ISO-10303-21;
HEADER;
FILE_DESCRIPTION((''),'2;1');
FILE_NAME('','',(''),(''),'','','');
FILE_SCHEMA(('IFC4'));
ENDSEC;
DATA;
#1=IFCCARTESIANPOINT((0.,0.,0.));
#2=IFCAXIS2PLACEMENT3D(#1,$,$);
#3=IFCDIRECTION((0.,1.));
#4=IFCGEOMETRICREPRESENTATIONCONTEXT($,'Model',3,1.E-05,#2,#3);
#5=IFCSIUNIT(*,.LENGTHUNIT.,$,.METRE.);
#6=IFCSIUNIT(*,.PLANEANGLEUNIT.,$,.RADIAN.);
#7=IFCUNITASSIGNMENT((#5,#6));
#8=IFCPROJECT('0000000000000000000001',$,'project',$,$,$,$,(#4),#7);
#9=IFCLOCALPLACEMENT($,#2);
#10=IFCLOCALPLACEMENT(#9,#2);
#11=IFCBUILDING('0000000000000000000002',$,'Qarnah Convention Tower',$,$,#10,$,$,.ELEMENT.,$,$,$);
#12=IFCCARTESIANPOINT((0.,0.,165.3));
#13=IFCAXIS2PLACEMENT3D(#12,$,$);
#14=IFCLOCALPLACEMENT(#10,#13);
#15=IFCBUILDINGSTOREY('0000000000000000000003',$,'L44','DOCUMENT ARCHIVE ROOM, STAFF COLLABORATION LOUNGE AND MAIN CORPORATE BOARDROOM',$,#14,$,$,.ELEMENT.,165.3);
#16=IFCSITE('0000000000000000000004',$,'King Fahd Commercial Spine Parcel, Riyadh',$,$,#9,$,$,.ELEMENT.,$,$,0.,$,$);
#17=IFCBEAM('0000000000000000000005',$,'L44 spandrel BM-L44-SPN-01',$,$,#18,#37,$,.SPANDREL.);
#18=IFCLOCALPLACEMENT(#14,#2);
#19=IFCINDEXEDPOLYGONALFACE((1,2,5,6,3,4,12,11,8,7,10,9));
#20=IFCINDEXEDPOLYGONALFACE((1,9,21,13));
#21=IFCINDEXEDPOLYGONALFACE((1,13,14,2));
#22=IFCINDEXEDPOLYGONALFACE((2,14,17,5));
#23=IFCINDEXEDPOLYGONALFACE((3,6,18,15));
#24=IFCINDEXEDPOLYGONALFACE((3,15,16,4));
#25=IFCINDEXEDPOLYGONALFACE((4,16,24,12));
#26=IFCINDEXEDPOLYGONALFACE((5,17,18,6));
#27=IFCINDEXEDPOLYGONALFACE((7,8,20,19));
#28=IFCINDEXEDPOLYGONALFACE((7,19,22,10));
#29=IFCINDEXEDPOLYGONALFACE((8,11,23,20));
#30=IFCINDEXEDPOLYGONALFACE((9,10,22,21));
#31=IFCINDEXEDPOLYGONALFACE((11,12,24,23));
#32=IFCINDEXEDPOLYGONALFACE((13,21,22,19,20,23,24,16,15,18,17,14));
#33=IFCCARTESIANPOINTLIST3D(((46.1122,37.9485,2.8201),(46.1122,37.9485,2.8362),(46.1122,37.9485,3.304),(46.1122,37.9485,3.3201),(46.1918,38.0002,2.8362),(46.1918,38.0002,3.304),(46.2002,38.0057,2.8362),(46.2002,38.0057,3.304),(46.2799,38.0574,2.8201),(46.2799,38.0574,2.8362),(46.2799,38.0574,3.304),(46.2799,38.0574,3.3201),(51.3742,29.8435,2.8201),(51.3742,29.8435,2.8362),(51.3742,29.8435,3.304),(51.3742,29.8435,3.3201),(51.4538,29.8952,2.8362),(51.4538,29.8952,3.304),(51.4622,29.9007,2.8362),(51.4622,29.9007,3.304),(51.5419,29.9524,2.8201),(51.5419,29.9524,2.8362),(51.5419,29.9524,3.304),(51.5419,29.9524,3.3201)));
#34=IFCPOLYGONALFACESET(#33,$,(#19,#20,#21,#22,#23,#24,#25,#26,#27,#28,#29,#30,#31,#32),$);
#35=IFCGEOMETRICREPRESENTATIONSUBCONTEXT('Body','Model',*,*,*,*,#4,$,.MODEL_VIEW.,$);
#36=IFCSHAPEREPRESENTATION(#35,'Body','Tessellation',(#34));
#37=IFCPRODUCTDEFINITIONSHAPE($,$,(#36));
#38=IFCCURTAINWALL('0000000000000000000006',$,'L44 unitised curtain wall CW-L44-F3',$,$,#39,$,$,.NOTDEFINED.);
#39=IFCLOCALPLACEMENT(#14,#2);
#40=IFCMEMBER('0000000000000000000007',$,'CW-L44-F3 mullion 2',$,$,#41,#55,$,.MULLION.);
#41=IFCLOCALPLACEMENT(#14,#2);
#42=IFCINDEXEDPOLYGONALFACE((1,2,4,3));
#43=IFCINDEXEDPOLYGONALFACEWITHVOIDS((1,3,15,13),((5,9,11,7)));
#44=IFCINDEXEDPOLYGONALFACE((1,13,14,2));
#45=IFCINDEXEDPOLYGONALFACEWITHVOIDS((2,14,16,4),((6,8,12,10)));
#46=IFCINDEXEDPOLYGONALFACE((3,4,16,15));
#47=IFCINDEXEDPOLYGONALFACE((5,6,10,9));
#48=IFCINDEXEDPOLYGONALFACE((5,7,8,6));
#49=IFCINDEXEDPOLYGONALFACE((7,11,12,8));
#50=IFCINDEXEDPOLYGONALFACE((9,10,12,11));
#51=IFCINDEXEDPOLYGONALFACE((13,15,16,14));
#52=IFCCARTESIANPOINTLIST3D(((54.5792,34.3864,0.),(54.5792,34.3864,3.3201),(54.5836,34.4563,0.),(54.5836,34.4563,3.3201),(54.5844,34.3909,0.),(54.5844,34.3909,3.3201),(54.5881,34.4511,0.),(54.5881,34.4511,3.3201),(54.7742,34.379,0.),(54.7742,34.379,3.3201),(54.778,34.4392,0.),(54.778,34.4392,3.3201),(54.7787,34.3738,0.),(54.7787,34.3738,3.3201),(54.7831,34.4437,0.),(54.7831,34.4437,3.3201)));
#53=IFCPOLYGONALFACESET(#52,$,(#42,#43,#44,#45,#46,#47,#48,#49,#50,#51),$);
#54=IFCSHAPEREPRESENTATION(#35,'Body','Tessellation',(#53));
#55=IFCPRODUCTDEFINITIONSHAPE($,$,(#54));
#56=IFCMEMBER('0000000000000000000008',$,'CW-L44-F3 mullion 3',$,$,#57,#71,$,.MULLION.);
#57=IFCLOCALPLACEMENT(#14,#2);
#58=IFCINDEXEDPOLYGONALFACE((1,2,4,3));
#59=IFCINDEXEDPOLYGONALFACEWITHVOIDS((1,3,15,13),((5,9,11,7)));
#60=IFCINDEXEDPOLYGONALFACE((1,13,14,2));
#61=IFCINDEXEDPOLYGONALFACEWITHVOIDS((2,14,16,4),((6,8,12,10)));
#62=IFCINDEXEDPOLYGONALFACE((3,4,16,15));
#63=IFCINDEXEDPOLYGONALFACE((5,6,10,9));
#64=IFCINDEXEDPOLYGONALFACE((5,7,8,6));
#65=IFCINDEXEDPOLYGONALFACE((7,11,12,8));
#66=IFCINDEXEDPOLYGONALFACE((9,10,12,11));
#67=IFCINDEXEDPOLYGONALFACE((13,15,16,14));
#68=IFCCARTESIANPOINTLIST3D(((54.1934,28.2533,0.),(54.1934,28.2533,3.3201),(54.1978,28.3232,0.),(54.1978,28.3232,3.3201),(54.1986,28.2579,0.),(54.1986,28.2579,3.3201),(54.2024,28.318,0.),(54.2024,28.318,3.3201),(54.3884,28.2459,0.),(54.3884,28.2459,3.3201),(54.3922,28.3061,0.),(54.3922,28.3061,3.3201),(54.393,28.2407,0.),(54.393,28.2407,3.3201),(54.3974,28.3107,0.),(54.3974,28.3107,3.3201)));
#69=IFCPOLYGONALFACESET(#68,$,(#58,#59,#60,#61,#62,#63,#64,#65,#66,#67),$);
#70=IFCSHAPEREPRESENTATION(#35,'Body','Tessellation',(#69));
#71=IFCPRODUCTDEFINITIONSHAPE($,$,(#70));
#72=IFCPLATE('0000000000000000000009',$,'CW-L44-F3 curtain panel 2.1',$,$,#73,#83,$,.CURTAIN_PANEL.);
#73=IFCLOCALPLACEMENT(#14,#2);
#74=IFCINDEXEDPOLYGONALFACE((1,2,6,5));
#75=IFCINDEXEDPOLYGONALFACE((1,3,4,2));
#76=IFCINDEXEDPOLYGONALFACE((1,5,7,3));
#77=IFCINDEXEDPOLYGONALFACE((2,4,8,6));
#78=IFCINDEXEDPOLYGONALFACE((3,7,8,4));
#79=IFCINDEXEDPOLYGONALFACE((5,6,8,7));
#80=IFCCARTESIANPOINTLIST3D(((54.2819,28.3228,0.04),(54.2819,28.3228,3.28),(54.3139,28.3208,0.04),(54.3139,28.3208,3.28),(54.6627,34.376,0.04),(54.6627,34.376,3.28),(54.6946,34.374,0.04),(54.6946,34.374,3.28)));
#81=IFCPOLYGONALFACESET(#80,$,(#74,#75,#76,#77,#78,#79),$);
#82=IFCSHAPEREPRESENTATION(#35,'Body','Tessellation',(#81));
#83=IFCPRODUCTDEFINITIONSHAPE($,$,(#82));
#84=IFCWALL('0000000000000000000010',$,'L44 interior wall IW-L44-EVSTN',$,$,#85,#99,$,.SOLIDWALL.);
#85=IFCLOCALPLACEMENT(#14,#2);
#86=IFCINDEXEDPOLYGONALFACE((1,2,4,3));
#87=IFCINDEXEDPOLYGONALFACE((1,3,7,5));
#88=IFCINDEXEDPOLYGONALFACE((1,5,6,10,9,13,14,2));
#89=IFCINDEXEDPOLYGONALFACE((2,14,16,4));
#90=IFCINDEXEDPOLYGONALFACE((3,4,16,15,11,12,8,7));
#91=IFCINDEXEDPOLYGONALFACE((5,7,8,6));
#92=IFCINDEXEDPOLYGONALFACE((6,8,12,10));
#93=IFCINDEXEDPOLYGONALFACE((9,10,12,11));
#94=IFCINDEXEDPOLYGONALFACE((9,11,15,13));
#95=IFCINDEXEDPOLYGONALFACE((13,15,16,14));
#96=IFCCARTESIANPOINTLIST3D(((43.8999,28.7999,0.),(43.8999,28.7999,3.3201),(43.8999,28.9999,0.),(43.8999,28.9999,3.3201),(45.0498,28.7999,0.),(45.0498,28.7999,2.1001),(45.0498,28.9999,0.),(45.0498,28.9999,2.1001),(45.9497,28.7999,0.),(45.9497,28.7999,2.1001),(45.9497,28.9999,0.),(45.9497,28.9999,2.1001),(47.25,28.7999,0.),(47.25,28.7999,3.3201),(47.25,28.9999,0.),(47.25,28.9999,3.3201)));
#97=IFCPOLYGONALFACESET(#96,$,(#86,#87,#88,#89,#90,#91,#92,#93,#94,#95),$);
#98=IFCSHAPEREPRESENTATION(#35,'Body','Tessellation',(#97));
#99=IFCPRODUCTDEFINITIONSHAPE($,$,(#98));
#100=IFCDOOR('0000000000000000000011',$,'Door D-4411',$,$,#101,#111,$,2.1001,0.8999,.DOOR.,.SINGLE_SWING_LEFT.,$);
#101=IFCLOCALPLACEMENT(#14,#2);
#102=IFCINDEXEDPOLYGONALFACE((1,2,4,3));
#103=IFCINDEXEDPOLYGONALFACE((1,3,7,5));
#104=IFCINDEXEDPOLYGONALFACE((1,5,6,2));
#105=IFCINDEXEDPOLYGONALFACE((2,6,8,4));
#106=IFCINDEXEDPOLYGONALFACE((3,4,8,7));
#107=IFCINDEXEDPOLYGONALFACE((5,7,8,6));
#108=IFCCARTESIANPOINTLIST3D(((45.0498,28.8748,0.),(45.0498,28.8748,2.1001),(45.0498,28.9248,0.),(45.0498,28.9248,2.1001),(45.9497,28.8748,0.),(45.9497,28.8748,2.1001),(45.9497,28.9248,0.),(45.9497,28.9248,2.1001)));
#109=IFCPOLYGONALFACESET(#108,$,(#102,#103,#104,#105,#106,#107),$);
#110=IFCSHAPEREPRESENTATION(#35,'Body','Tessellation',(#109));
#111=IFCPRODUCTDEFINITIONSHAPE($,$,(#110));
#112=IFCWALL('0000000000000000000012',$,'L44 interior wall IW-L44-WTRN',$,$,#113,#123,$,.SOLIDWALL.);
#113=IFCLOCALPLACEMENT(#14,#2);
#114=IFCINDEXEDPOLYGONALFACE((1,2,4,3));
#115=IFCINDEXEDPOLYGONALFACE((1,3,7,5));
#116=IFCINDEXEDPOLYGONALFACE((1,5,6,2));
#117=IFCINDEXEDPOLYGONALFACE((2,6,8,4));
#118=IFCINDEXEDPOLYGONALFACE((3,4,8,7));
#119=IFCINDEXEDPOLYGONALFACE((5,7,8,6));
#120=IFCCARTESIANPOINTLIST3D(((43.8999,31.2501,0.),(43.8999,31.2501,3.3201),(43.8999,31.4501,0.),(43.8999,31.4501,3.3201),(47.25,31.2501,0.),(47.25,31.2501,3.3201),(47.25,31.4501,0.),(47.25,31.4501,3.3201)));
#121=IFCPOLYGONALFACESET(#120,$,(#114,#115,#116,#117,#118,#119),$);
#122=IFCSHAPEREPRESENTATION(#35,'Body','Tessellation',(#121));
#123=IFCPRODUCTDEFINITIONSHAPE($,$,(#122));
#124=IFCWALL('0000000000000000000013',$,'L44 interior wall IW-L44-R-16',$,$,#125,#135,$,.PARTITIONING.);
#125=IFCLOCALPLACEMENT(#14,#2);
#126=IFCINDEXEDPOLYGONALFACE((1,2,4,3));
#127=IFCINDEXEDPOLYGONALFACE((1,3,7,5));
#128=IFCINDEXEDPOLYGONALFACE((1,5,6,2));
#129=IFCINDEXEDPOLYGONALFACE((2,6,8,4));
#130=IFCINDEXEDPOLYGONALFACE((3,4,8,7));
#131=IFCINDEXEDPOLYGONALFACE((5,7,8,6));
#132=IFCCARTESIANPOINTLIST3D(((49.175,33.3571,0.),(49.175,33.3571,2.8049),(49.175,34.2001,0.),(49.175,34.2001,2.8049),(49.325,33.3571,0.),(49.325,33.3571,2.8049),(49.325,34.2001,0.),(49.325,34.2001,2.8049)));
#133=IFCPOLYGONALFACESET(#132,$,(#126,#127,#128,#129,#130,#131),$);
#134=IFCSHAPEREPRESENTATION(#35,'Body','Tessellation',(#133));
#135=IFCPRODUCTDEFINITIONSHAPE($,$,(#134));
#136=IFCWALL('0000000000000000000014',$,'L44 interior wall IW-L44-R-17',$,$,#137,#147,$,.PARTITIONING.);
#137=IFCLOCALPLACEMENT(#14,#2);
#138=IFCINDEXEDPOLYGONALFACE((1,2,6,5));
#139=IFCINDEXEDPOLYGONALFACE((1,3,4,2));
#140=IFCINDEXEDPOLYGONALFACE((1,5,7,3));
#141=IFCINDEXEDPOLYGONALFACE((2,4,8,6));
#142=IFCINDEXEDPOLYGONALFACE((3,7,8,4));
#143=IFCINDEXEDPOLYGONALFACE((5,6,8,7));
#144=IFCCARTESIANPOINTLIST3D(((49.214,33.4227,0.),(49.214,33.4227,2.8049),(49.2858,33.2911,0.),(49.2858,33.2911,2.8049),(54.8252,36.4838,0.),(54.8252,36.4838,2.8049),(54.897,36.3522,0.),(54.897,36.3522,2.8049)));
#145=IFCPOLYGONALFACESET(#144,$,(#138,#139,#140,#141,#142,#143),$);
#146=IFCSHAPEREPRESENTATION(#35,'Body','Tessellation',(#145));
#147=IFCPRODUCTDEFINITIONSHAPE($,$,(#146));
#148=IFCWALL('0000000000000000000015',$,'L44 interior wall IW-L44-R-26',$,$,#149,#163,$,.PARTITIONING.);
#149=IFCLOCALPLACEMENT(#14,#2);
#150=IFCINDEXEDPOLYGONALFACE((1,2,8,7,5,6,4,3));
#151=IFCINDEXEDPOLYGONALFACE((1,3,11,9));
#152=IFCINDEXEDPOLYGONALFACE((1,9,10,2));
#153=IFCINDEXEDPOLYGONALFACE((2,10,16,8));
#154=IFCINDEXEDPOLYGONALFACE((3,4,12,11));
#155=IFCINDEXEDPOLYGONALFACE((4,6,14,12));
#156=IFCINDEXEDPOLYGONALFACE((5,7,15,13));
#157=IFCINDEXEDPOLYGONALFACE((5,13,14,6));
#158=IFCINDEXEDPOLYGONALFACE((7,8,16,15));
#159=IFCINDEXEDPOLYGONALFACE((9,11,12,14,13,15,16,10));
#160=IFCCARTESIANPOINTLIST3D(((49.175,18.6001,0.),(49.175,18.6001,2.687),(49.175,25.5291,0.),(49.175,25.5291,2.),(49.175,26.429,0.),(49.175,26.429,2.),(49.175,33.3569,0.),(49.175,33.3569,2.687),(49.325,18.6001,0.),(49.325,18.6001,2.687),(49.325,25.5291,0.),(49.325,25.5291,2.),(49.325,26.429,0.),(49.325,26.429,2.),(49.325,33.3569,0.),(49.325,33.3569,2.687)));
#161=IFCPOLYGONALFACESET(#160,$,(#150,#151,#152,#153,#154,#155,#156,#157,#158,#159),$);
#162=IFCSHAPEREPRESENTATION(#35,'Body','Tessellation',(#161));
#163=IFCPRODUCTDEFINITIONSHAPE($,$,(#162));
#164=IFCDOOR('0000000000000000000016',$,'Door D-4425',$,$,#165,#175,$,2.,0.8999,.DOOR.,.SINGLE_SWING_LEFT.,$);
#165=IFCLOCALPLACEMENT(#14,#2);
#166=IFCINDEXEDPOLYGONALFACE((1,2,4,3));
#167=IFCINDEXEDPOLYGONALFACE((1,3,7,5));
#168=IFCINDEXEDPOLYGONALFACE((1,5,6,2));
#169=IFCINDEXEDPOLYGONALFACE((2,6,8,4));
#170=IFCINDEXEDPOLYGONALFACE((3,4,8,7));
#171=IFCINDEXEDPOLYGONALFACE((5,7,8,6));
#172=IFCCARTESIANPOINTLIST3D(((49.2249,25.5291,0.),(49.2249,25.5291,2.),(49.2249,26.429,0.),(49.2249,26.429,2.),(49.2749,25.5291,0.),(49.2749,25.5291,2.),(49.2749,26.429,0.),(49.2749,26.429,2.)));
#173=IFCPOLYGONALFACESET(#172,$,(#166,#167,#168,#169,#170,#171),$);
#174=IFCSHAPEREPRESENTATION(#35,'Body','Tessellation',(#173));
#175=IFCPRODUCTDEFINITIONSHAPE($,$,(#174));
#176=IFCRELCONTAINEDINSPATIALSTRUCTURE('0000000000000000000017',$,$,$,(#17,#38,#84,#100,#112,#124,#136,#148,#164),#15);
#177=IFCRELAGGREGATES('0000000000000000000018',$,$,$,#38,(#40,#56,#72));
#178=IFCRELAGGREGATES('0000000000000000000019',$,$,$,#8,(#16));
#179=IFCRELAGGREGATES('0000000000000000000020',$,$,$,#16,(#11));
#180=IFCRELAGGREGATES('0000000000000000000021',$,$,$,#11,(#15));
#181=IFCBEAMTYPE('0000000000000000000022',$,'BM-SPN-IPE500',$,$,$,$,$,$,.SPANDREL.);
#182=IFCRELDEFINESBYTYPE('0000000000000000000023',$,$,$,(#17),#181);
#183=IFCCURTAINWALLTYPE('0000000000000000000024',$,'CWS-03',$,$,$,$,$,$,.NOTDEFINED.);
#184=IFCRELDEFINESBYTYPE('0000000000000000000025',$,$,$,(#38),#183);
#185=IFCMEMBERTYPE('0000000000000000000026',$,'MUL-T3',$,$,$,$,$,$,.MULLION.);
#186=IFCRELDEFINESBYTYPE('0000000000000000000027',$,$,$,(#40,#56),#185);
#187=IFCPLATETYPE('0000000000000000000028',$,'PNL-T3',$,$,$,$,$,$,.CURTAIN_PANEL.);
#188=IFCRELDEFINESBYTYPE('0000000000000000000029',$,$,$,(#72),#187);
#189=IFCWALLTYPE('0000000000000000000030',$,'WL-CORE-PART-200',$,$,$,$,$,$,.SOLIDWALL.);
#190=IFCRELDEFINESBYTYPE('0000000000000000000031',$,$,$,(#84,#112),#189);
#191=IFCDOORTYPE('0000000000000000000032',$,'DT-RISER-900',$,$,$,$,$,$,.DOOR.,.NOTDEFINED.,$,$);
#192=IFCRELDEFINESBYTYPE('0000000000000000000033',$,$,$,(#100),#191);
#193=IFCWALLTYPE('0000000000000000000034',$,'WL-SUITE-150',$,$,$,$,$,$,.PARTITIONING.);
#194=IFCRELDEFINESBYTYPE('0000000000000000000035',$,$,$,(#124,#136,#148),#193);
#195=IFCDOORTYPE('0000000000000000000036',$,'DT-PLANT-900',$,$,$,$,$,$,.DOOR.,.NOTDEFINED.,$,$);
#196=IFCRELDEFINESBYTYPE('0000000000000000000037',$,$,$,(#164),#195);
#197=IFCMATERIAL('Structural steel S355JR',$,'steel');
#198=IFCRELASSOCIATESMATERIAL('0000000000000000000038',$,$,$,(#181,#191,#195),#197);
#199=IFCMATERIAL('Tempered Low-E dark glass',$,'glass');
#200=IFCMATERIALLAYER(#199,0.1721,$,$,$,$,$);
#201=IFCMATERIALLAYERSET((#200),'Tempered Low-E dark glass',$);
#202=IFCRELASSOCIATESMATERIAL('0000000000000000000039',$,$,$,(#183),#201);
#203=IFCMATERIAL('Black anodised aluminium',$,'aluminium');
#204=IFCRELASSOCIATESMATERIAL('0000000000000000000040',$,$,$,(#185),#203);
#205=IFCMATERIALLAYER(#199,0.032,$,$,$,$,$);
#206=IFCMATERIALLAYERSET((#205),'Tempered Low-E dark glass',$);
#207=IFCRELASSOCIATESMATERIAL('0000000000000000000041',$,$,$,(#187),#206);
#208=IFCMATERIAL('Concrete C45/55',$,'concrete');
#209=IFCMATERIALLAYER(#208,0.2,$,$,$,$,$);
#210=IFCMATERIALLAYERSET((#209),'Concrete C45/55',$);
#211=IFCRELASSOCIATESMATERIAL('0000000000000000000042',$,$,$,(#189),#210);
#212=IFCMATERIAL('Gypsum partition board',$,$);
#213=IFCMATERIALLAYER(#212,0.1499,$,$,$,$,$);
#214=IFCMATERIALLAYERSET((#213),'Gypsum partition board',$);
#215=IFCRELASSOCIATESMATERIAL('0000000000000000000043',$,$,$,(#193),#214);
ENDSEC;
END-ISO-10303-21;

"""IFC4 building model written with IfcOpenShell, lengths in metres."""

from ifc_helpers import new_model, si_unit, direction, frame, frame_2d, origin, origin_2d, place, context, subcontext, project, spatial, rectangle, hollow_rectangle, i_section, extrude, material, layer, layer_set, material_profile, profile_set, type_object, element, fill, aggregate, save


model = new_model("IFC4")

# Units and contexts
model_context = context("Model", 3, precision=1e-05, world=origin(), true_north=direction((0.0, 1.0)))
body_context = subcontext(model_context, "Body", "Model", "MODEL_VIEW")
ifc_project = project(units=[si_unit("LENGTHUNIT", "METRE"), si_unit("PLANEANGLEUNIT", "RADIAN")], contexts=[model_context])

# Site, building, storey
site_placement = place(None, origin())
site = spatial("IfcSite", under=ifc_project, at=site_placement, Name="King Fahd Commercial Spine Parcel, Riyadh", CompositionType="ELEMENT", RefElevation=0.0)
building_placement = place(site_placement, origin())
building = spatial("IfcBuilding", under=site, at=building_placement, Name="Qarnah Convention Tower", CompositionType="ELEMENT")
storey_placement = place(building_placement, frame((0.0, 0.0, 165.3)))
storey = spatial("IfcBuildingStorey", under=building, at=storey_placement, Name="L44", Description="DOCUMENT ARCHIVE ROOM, STAFF COLLABORATION LOUNGE AND MAIN CORPORATE BOARDROOM", CompositionType="ELEMENT", Elevation=165.3)

# Beam
ifc_material_1 = material(Name="Structural steel S355JR", Category="steel")
ifc_material_profile_1 = material_profile(ifc_material_1, i_section(OverallWidth=0.2, OverallDepth=0.5, WebThickness=0.01, FlangeThickness=0.0161, at=origin_2d()), Name="IPE500")
ifc_profile_set_1 = profile_set([ifc_material_profile_1], Name="Structural steel S355JR")
beam_type_1 = type_object("IfcBeamType", Name="BM-SPN-IPE500", PredefinedType="SPANDREL", material=ifc_profile_set_1)
beam_1_placement = place(storey_placement, frame((51.458, 29.8979, 3.0701), z_axis=(-0.544532, 0.83874, 0.0), x_axis=(-0.83874, -0.544532, 0.0)))
element("IfcBeam", 1, at=beam_1_placement, inside=storey, type_object=beam_type_1, Name="L44 spandrel BM-L44-SPN-01", PredefinedType="SPANDREL", context=body_context, shape_type="SweptSolid", body=[
    extrude(i_section(OverallWidth=0.2, OverallDepth=0.5, WebThickness=0.01, FlangeThickness=0.0161, at=origin_2d()), origin(), (0.0, 0.0, 1.0), 9.6633),
])

# Curtain wall, members, plate
ifc_material_2 = material(Name="Tempered Low-E dark glass", Category="glass")
ifc_layer_1 = layer(ifc_material_2, 0.1721)
ifc_layer_set_1 = layer_set([ifc_layer_1], Name="Tempered Low-E dark glass")
curtain_wall_type = type_object("IfcCurtainWallType", Name="CWS-03", PredefinedType="NOTDEFINED", material=ifc_layer_set_1)
curtain_wall_placement = place(storey_placement, origin())
curtain_wall = element("IfcCurtainWall", 2, at=curtain_wall_placement, inside=storey, type_object=curtain_wall_type, Name="L44 unitised curtain wall CW-L44-F3", PredefinedType="NOTDEFINED")
ifc_material_3 = material(Name="Black anodised aluminium", Category="aluminium")
ifc_material_profile_2 = material_profile(ifc_material_3, hollow_rectangle(XDim=0.0701, YDim=0.2, WallThickness=0.0049, at=origin_2d()), Name="MUL-70X200")
ifc_profile_set_2 = profile_set([ifc_material_profile_2], Name="Black anodised aluminium")
member_type = type_object("IfcMemberType", Name="MUL-T3", PredefinedType="MULLION", material=ifc_profile_set_2)
member_1_placement = place(storey_placement, frame((54.6812, 34.415, 0.0), z_axis=(0.0, 0.0, 1.0), x_axis=(-0.062781, -0.998027, 0.0)))
member_1 = element("IfcMember", 3, at=member_1_placement, type_object=member_type, Name="CW-L44-F3 mullion 2", PredefinedType="MULLION", context=body_context, shape_type="SweptSolid", body=[
    extrude(hollow_rectangle(XDim=0.0701, YDim=0.2, WallThickness=0.0049, at=origin_2d()), origin(), (0.0, 0.0, 1.0), 3.3201),
])
member_2_placement = place(storey_placement, frame((54.2954, 28.282, 0.0), z_axis=(0.0, 0.0, 1.0), x_axis=(-0.062781, -0.998027, 0.0)))
member_2 = element("IfcMember", 4, at=member_2_placement, type_object=member_type, Name="CW-L44-F3 mullion 3", PredefinedType="MULLION", context=body_context, shape_type="SweptSolid", body=[
    extrude(hollow_rectangle(XDim=0.0701, YDim=0.2, WallThickness=0.0049, at=origin_2d()), origin(), (0.0, 0.0, 1.0), 3.3201),
])
ifc_layer_2 = layer(ifc_material_2, 0.032)
ifc_layer_set_2 = layer_set([ifc_layer_2], Name="Tempered Low-E dark glass")
plate_type = type_object("IfcPlateType", Name="PNL-T3", PredefinedType="CURTAIN_PANEL", material=ifc_layer_set_2)
plate_placement = place(storey_placement, frame((54.4883, 31.3484, 0.04), z_axis=(0.0, 0.0, 1.0), x_axis=(-0.062781, -0.998027, 0.0)))
plate = element("IfcPlate", 5, at=plate_placement, type_object=plate_type, Name="CW-L44-F3 curtain panel 2.1", PredefinedType="CURTAIN_PANEL", context=body_context, shape_type="SweptSolid", body=[
    extrude(rectangle(XDim=6.0652, YDim=0.032, at=origin_2d()), origin(), (0.0, 0.0, 1.0), 3.24),
])
aggregate(curtain_wall, [member_1, member_2, plate])

# Wall, opening, door
ifc_material_4 = material(Name="Concrete C45/55", Category="concrete")
ifc_layer_3 = layer(ifc_material_4, 0.2)
ifc_layer_set_3 = layer_set([ifc_layer_3], Name="Concrete C45/55")
wall_type_1 = type_object("IfcWallType", Name="WL-CORE-PART-200", PredefinedType="SOLIDWALL", material=ifc_layer_set_3)
wall_1_placement = place(storey_placement, frame((43.8999, 28.8999, 0.0), z_axis=(0.0, 0.0, 1.0), x_axis=(1.0, 0.0, 0.0)))
wall_1 = element("IfcWall", 6, at=wall_1_placement, inside=storey, type_object=wall_type_1, Name="L44 interior wall IW-L44-EVSTN", PredefinedType="SOLIDWALL", context=body_context, shape_type="SweptSolid", body=[
    extrude(rectangle(XDim=3.3501, YDim=0.2, at=frame_2d((1.675, 0.0))), origin(), (0.0, 0.0, 1.0), 3.3201),
])
opening_1_placement = place(wall_1_placement, frame((1.1499, 0.0, 0.0)))
opening_1 = element("IfcOpeningElement", 7, at=opening_1_placement, cuts=wall_1, PredefinedType="OPENING", context=body_context, shape_type="SweptSolid", body=[
    extrude(rectangle(XDim=0.8999, YDim=2.1001, at=frame_2d((0.45, 1.05))), frame((0.0, 0.1099, 0.0), z_axis=(0.0, -1.0, 0.0), x_axis=(1.0, 0.0, 0.0)), (0.0, 0.0, 1.0), 0.22),
])
door_type_1 = type_object("IfcDoorType", Name="DT-RISER-900", OperationType="NOTDEFINED", PredefinedType="DOOR", material=ifc_material_1)
door_1_placement = place(opening_1_placement, origin())
door_1 = element("IfcDoor", 8, at=door_1_placement, inside=storey, type_object=door_type_1, Name="Door D-4411", OperationType="SINGLE_SWING_LEFT", OverallHeight=2.1001, OverallWidth=0.8999, PredefinedType="DOOR", context=body_context, shape_type="SweptSolid", body=[
    extrude(rectangle(XDim=0.8999, YDim=2.1001, at=frame_2d((0.45, 1.05))), frame((0.0, 0.0249, 0.0), z_axis=(0.0, -1.0, 0.0), x_axis=(1.0, 0.0, 0.0)), (0.0, 0.0, 1.0), 0.05),
])
fill(opening_1, door_1)

# Walls
wall_2_placement = place(storey_placement, frame((43.8999, 31.3501, 0.0), z_axis=(0.0, 0.0, 1.0), x_axis=(1.0, 0.0, 0.0)))
element("IfcWall", 9, at=wall_2_placement, inside=storey, type_object=wall_type_1, Name="L44 interior wall IW-L44-WTRN", PredefinedType="SOLIDWALL", context=body_context, shape_type="SweptSolid", body=[
    extrude(rectangle(XDim=3.3501, YDim=0.2, at=frame_2d((1.675, 0.0))), origin(), (0.0, 0.0, 1.0), 3.3201),
])
ifc_material_5 = material(Name="Gypsum partition board")
ifc_layer_4 = layer(ifc_material_5, 0.1499)
ifc_layer_set_4 = layer_set([ifc_layer_4], Name="Gypsum partition board")
wall_type_2 = type_object("IfcWallType", Name="WL-SUITE-150", PredefinedType="PARTITIONING", material=ifc_layer_set_4)
wall_3_placement = place(storey_placement, frame((49.25, 34.2, 0.0), z_axis=(0.0, 0.0, 1.0), x_axis=(0.0, -1.0, 0.0)))
element("IfcWall", 10, at=wall_3_placement, inside=storey, type_object=wall_type_2, Name="L44 interior wall IW-L44-R-16", PredefinedType="PARTITIONING", context=body_context, shape_type="SweptSolid", body=[
    extrude(rectangle(XDim=0.843, YDim=0.1499, at=frame_2d((0.4214, 0.0))), origin(), (0.0, 0.0, 1.0), 2.8049),
])
wall_4_placement = place(storey_placement, frame((49.25, 33.3569, 0.0), z_axis=(0.0, 0.0, 1.0), x_axis=(0.877866, 0.478906, 0.0)))
element("IfcWall", 11, at=wall_4_placement, inside=storey, type_object=wall_type_2, Name="L44 interior wall IW-L44-R-17", PredefinedType="PARTITIONING", context=body_context, shape_type="SweptSolid", body=[
    extrude(rectangle(XDim=6.3918, YDim=0.1499, at=frame_2d((3.1958, 0.0))), origin(), (0.0, 0.0, 1.0), 2.8049),
])

# Wall, opening, door
wall_5_placement = place(storey_placement, frame((49.25, 33.3569, 0.0), z_axis=(0.0, 0.0, 1.0), x_axis=(0.0, -1.0, 0.0)))
wall_5 = element("IfcWall", 12, at=wall_5_placement, inside=storey, type_object=wall_type_2, Name="L44 interior wall IW-L44-R-26", PredefinedType="PARTITIONING", context=body_context, shape_type="SweptSolid", body=[
    extrude(rectangle(XDim=14.7568, YDim=0.1499, at=frame_2d((7.3784, 0.0))), origin(), (0.0, 0.0, 1.0), 2.687),
])
opening_2_placement = place(wall_5_placement, frame((6.928, 0.0, 0.0)))
opening_2 = element("IfcOpeningElement", 13, at=opening_2_placement, cuts=wall_5, PredefinedType="OPENING", context=body_context, shape_type="SweptSolid", body=[
    extrude(rectangle(XDim=0.8999, YDim=2.0, at=frame_2d((0.45, 1.0))), frame((0.0, 0.085, 0.0), z_axis=(0.0, -1.0, 0.0), x_axis=(1.0, 0.0, 0.0)), (0.0, 0.0, 1.0), 0.1699),
])
door_type_2 = type_object("IfcDoorType", Name="DT-PLANT-900", OperationType="NOTDEFINED", PredefinedType="DOOR", material=ifc_material_1)
door_2_placement = place(opening_2_placement, origin())
door_2 = element("IfcDoor", 14, at=door_2_placement, inside=storey, type_object=door_type_2, Name="Door D-4425", OperationType="SINGLE_SWING_LEFT", OverallHeight=2.0, OverallWidth=0.8999, PredefinedType="DOOR", context=body_context, shape_type="SweptSolid", body=[
    extrude(rectangle(XDim=0.8999, YDim=2.0, at=frame_2d((0.45, 1.0))), frame((0.0, 0.0249, 0.0), z_axis=(0.0, -1.0, 0.0), x_axis=(1.0, 0.0, 0.0)), (0.0, 0.0, 1.0), 0.05),
])
fill(opening_2, door_2)

save(model, "model.ifc")
